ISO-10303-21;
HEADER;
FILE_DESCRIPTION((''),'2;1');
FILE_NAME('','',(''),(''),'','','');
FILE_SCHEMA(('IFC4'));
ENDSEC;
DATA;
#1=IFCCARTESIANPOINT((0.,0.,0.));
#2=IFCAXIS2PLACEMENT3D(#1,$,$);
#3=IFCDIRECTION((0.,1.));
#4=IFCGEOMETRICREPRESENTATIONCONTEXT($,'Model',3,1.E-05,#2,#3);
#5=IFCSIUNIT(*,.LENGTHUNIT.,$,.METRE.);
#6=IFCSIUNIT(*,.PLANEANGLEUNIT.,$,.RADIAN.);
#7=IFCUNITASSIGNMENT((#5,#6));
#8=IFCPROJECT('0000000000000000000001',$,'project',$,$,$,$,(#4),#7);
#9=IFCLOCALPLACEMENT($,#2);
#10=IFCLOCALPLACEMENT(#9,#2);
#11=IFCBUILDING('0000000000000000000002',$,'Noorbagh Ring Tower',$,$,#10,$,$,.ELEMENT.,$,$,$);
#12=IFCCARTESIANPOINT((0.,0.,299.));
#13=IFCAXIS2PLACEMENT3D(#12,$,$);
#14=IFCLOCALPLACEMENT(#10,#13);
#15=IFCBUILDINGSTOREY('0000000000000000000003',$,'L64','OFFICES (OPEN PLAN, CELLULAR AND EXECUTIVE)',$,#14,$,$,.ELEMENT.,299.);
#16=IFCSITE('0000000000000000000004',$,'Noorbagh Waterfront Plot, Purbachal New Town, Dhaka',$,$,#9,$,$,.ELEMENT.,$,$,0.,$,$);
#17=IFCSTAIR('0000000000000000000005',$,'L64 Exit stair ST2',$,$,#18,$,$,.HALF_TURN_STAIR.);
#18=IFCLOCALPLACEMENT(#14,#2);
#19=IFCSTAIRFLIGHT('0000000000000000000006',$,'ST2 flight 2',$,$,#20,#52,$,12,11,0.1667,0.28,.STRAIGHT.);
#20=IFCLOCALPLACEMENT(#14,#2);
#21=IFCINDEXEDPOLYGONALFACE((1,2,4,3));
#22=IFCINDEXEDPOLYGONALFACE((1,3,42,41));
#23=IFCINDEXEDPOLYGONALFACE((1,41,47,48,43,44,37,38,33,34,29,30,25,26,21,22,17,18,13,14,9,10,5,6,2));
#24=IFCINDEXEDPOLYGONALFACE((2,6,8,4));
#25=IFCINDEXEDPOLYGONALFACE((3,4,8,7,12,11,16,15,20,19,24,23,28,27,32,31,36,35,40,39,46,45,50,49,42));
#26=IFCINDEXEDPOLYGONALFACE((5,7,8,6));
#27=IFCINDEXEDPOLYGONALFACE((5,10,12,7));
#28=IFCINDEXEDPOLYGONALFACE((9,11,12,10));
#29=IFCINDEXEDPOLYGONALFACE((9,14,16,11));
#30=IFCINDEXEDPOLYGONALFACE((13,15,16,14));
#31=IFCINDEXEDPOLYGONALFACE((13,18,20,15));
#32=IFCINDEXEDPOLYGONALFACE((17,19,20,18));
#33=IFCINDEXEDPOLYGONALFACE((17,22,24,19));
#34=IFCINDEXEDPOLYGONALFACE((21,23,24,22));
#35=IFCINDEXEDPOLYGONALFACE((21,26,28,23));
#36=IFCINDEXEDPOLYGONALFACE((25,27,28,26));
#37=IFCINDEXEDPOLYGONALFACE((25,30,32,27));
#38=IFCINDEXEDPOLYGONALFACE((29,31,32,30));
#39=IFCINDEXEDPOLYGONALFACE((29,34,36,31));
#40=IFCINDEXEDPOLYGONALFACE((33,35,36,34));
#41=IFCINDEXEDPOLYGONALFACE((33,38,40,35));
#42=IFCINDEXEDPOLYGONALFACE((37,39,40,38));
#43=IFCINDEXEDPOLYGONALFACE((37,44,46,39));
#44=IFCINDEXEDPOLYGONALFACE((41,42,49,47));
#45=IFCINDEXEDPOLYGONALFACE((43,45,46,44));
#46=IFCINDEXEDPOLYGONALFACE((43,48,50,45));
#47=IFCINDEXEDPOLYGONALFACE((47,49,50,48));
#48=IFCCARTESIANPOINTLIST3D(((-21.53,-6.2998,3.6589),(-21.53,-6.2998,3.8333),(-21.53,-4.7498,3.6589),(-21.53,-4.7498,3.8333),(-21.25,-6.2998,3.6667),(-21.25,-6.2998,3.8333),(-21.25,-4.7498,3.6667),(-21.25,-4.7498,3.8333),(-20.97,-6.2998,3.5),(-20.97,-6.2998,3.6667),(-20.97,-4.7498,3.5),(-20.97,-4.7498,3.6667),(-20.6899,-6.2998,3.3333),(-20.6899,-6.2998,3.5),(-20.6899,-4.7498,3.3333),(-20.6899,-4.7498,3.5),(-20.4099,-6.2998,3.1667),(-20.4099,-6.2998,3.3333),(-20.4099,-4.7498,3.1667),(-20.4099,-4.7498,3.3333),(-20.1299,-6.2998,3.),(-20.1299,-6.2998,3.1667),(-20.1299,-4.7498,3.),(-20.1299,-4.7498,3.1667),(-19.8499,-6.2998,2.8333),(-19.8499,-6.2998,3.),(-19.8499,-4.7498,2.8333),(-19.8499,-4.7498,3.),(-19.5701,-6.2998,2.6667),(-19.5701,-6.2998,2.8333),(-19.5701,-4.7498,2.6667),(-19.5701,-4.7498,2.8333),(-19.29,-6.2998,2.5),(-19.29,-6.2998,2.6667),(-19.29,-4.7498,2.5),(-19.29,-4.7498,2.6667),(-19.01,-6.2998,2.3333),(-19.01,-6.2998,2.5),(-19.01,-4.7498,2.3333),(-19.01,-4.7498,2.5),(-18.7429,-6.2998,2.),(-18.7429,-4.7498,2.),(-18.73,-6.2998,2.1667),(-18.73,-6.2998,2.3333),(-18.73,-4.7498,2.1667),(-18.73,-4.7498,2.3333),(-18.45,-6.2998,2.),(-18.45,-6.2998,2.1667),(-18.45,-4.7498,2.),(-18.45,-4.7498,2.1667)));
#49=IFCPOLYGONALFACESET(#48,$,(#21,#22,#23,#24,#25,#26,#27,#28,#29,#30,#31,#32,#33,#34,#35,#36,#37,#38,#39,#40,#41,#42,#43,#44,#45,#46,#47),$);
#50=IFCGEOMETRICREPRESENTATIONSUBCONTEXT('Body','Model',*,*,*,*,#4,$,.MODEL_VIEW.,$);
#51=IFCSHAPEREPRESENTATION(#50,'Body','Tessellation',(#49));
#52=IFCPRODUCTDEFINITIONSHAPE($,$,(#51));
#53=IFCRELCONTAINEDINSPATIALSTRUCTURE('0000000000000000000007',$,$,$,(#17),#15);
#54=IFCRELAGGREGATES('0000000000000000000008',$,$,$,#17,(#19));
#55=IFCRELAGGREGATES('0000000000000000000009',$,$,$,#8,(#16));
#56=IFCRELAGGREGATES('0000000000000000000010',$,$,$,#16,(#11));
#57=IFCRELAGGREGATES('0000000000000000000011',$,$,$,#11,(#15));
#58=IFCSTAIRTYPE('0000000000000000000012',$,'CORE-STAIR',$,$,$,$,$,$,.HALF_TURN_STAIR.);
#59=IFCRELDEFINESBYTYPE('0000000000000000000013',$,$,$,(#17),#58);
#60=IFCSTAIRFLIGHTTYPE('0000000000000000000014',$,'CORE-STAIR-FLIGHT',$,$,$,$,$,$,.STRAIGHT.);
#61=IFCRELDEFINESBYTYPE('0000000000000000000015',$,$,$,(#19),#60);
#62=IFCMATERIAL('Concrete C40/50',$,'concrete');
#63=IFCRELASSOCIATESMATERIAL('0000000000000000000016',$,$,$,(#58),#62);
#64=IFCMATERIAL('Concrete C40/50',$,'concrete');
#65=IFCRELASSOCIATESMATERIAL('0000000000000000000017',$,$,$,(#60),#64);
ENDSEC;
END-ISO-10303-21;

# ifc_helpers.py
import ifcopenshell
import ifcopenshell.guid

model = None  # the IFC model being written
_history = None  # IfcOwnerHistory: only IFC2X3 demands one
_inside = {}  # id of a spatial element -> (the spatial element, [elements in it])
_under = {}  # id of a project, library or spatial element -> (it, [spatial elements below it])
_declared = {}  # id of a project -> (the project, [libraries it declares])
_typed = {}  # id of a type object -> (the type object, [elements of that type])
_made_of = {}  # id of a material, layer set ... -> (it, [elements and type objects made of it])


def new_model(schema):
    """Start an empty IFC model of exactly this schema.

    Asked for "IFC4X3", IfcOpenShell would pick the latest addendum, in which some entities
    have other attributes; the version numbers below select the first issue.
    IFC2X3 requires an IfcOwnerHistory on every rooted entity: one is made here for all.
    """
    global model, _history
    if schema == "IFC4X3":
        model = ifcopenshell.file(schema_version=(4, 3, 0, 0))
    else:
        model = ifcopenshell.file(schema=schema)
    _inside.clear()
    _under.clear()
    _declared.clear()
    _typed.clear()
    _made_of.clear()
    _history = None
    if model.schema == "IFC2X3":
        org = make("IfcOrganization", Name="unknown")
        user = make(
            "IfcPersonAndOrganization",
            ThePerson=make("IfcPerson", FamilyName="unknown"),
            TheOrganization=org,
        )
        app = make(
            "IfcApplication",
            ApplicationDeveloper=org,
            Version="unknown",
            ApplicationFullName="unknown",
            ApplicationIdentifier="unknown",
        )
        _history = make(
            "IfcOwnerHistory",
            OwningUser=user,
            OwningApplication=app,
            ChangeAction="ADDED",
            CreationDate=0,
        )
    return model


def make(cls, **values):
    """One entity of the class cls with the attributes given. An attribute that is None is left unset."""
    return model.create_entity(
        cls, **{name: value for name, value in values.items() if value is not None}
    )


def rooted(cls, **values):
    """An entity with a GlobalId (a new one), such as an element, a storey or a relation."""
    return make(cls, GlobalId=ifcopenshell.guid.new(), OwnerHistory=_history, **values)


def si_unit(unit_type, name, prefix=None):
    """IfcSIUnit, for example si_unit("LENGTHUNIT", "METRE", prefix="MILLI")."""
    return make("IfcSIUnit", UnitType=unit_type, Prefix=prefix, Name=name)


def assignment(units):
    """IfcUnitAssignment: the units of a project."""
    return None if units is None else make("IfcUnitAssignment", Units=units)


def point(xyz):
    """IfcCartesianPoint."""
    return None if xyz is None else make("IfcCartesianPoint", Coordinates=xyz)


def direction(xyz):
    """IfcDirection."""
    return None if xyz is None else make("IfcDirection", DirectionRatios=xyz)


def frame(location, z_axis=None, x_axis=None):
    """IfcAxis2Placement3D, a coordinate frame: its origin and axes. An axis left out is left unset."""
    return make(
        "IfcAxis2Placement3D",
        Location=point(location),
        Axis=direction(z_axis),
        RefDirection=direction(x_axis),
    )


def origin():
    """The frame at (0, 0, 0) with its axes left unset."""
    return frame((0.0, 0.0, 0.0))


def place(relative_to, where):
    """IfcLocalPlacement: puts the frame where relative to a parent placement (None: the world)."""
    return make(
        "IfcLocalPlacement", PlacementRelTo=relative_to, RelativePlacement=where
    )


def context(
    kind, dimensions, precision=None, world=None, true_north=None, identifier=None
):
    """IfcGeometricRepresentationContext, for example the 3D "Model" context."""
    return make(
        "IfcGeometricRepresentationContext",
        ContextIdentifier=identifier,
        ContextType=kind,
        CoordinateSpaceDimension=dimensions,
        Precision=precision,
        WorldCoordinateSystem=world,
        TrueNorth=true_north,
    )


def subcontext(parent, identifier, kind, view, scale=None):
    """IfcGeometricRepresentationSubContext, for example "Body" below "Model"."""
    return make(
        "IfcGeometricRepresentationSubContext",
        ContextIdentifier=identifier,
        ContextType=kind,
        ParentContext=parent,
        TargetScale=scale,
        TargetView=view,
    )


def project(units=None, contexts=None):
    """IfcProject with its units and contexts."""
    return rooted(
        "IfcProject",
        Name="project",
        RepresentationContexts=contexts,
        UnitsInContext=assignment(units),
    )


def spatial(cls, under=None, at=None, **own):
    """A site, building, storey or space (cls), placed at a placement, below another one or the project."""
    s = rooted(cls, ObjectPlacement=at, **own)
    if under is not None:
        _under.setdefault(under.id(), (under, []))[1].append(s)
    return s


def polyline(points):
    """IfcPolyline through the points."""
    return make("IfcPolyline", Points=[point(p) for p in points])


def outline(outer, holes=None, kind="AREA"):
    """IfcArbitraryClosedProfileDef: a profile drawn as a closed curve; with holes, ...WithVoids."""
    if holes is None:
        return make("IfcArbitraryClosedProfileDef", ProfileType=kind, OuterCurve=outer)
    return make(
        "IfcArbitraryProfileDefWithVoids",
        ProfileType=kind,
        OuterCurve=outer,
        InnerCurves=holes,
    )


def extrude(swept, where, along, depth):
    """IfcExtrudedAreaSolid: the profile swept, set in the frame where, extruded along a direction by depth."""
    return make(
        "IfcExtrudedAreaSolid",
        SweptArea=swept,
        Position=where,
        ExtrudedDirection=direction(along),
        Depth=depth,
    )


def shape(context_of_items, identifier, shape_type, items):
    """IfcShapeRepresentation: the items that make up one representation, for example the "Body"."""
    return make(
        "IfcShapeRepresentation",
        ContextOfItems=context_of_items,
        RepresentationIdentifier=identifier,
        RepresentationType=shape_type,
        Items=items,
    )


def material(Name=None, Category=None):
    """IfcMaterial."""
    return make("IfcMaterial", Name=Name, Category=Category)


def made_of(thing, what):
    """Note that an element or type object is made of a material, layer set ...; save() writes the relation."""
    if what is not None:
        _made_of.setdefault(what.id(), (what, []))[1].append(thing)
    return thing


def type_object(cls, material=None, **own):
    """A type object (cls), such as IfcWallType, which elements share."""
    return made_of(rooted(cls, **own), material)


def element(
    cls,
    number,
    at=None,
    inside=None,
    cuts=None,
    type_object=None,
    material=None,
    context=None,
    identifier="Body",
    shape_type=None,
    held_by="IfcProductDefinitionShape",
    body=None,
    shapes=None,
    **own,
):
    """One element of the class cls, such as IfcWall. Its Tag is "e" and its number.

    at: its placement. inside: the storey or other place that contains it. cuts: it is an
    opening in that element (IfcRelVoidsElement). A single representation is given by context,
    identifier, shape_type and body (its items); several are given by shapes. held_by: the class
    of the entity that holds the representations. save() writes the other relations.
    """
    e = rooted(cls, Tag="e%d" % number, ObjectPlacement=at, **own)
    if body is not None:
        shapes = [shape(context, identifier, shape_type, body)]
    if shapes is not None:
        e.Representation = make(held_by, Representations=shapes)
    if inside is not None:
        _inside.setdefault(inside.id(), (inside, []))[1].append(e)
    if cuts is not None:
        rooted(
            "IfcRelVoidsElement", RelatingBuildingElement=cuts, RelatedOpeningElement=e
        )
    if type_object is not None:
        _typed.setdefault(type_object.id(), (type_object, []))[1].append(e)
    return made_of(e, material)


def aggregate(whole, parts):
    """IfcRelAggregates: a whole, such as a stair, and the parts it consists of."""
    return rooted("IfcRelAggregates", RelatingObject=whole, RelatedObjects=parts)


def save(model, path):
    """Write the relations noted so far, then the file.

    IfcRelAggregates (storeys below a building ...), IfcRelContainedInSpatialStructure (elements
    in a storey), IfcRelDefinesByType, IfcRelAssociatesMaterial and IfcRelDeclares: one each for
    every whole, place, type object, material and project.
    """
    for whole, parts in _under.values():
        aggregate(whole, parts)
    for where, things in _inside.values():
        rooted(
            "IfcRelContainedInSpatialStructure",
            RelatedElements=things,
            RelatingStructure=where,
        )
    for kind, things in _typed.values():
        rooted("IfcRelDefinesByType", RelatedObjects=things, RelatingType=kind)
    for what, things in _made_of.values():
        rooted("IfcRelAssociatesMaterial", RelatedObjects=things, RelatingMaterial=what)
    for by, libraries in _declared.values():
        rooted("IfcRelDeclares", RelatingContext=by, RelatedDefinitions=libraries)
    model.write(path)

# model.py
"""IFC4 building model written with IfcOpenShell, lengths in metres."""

from ifc_helpers import new_model, si_unit, direction, frame, origin, place, context, subcontext, project, spatial, polyline, outline, extrude, material, type_object, element, aggregate, save


model = new_model("IFC4")

# Units and contexts
model_context = context("Model", 3, precision=1e-05, world=origin(), true_north=direction((0.0, 1.0)))
body_context = subcontext(model_context, "Body", "Model", "MODEL_VIEW")
ifc_project = project(units=[si_unit("LENGTHUNIT", "METRE"), si_unit("PLANEANGLEUNIT", "RADIAN")], contexts=[model_context])

# Site, building, storey
site_placement = place(None, origin())
site = spatial("IfcSite", under=ifc_project, at=site_placement, Name="Noorbagh Waterfront Plot, Purbachal New Town, Dhaka", CompositionType="ELEMENT", RefElevation=0.0)
building_placement = place(site_placement, origin())
building = spatial("IfcBuilding", under=site, at=building_placement, Name="Noorbagh Ring Tower", CompositionType="ELEMENT")
storey_placement = place(building_placement, frame((0.0, 0.0, 299.0)))
storey = spatial("IfcBuildingStorey", under=building, at=storey_placement, Name="L64", Description="OFFICES (OPEN PLAN, CELLULAR AND EXECUTIVE)", CompositionType="ELEMENT", Elevation=299.0)

# Stair
ifc_material_1 = material(Name="Concrete C40/50", Category="concrete")
stair_type = type_object("IfcStairType", Name="CORE-STAIR", PredefinedType="HALF_TURN_STAIR", material=ifc_material_1)
stair_1_placement = place(storey_placement, origin())
stair_1 = element("IfcStair", 1, at=stair_1_placement, inside=storey, type_object=stair_type, Name="L64 Exit stair ST2", PredefinedType="HALF_TURN_STAIR")

# Stair flight
ifc_material_2 = material(Name="Concrete C40/50", Category="concrete")
stair_flight_type = type_object("IfcStairFlightType", Name="CORE-STAIR-FLIGHT", PredefinedType="STRAIGHT", material=ifc_material_2)
stair_flight_placement = place(storey_placement, frame((-18.45, -5.5249, 2.0), z_axis=(0.0, 0.0, 1.0), x_axis=(-1.0, 0.0, 0.0)))
stair_flight = element("IfcStairFlight", 2, at=stair_flight_placement, type_object=stair_flight_type, Name="ST2 flight 2", NumberOfRisers=12, NumberOfTreads=11, PredefinedType="STRAIGHT", RiserHeight=0.1667, TreadLength=0.28, context=body_context, shape_type="SweptSolid", body=[
    extrude(outline(polyline([(0.0, 0.0), (0.0, 0.1667), (0.28, 0.1667), (0.28, 0.3333), (0.5601, 0.3333), (0.5601, 0.5), (0.8401, 0.5), (0.8401, 0.6667), (1.1201, 0.6667), (1.1201, 0.8333), (1.3999, 0.8333), (1.3999, 1.0), (1.6799, 1.0), (1.6799, 1.1667), (1.96, 1.1667), (1.96, 1.3333), (2.24, 1.3333), (2.24, 1.5), (2.52, 1.5), (2.52, 1.6667), (2.8, 1.6667), (2.8, 1.8333), (3.0801, 1.8333), (3.0801, 2.0), (3.0801, 1.6589), (0.293, 0.0), (0.0, 0.0)])), frame((0.0, 0.7749, 0.0), z_axis=(0.0, -1.0, 0.0), x_axis=(1.0, 0.0, 0.0)), (0.0, 0.0, 1.0), 1.55),
])
aggregate(stair_1, [stair_flight])

save(model, "model.ifc")
